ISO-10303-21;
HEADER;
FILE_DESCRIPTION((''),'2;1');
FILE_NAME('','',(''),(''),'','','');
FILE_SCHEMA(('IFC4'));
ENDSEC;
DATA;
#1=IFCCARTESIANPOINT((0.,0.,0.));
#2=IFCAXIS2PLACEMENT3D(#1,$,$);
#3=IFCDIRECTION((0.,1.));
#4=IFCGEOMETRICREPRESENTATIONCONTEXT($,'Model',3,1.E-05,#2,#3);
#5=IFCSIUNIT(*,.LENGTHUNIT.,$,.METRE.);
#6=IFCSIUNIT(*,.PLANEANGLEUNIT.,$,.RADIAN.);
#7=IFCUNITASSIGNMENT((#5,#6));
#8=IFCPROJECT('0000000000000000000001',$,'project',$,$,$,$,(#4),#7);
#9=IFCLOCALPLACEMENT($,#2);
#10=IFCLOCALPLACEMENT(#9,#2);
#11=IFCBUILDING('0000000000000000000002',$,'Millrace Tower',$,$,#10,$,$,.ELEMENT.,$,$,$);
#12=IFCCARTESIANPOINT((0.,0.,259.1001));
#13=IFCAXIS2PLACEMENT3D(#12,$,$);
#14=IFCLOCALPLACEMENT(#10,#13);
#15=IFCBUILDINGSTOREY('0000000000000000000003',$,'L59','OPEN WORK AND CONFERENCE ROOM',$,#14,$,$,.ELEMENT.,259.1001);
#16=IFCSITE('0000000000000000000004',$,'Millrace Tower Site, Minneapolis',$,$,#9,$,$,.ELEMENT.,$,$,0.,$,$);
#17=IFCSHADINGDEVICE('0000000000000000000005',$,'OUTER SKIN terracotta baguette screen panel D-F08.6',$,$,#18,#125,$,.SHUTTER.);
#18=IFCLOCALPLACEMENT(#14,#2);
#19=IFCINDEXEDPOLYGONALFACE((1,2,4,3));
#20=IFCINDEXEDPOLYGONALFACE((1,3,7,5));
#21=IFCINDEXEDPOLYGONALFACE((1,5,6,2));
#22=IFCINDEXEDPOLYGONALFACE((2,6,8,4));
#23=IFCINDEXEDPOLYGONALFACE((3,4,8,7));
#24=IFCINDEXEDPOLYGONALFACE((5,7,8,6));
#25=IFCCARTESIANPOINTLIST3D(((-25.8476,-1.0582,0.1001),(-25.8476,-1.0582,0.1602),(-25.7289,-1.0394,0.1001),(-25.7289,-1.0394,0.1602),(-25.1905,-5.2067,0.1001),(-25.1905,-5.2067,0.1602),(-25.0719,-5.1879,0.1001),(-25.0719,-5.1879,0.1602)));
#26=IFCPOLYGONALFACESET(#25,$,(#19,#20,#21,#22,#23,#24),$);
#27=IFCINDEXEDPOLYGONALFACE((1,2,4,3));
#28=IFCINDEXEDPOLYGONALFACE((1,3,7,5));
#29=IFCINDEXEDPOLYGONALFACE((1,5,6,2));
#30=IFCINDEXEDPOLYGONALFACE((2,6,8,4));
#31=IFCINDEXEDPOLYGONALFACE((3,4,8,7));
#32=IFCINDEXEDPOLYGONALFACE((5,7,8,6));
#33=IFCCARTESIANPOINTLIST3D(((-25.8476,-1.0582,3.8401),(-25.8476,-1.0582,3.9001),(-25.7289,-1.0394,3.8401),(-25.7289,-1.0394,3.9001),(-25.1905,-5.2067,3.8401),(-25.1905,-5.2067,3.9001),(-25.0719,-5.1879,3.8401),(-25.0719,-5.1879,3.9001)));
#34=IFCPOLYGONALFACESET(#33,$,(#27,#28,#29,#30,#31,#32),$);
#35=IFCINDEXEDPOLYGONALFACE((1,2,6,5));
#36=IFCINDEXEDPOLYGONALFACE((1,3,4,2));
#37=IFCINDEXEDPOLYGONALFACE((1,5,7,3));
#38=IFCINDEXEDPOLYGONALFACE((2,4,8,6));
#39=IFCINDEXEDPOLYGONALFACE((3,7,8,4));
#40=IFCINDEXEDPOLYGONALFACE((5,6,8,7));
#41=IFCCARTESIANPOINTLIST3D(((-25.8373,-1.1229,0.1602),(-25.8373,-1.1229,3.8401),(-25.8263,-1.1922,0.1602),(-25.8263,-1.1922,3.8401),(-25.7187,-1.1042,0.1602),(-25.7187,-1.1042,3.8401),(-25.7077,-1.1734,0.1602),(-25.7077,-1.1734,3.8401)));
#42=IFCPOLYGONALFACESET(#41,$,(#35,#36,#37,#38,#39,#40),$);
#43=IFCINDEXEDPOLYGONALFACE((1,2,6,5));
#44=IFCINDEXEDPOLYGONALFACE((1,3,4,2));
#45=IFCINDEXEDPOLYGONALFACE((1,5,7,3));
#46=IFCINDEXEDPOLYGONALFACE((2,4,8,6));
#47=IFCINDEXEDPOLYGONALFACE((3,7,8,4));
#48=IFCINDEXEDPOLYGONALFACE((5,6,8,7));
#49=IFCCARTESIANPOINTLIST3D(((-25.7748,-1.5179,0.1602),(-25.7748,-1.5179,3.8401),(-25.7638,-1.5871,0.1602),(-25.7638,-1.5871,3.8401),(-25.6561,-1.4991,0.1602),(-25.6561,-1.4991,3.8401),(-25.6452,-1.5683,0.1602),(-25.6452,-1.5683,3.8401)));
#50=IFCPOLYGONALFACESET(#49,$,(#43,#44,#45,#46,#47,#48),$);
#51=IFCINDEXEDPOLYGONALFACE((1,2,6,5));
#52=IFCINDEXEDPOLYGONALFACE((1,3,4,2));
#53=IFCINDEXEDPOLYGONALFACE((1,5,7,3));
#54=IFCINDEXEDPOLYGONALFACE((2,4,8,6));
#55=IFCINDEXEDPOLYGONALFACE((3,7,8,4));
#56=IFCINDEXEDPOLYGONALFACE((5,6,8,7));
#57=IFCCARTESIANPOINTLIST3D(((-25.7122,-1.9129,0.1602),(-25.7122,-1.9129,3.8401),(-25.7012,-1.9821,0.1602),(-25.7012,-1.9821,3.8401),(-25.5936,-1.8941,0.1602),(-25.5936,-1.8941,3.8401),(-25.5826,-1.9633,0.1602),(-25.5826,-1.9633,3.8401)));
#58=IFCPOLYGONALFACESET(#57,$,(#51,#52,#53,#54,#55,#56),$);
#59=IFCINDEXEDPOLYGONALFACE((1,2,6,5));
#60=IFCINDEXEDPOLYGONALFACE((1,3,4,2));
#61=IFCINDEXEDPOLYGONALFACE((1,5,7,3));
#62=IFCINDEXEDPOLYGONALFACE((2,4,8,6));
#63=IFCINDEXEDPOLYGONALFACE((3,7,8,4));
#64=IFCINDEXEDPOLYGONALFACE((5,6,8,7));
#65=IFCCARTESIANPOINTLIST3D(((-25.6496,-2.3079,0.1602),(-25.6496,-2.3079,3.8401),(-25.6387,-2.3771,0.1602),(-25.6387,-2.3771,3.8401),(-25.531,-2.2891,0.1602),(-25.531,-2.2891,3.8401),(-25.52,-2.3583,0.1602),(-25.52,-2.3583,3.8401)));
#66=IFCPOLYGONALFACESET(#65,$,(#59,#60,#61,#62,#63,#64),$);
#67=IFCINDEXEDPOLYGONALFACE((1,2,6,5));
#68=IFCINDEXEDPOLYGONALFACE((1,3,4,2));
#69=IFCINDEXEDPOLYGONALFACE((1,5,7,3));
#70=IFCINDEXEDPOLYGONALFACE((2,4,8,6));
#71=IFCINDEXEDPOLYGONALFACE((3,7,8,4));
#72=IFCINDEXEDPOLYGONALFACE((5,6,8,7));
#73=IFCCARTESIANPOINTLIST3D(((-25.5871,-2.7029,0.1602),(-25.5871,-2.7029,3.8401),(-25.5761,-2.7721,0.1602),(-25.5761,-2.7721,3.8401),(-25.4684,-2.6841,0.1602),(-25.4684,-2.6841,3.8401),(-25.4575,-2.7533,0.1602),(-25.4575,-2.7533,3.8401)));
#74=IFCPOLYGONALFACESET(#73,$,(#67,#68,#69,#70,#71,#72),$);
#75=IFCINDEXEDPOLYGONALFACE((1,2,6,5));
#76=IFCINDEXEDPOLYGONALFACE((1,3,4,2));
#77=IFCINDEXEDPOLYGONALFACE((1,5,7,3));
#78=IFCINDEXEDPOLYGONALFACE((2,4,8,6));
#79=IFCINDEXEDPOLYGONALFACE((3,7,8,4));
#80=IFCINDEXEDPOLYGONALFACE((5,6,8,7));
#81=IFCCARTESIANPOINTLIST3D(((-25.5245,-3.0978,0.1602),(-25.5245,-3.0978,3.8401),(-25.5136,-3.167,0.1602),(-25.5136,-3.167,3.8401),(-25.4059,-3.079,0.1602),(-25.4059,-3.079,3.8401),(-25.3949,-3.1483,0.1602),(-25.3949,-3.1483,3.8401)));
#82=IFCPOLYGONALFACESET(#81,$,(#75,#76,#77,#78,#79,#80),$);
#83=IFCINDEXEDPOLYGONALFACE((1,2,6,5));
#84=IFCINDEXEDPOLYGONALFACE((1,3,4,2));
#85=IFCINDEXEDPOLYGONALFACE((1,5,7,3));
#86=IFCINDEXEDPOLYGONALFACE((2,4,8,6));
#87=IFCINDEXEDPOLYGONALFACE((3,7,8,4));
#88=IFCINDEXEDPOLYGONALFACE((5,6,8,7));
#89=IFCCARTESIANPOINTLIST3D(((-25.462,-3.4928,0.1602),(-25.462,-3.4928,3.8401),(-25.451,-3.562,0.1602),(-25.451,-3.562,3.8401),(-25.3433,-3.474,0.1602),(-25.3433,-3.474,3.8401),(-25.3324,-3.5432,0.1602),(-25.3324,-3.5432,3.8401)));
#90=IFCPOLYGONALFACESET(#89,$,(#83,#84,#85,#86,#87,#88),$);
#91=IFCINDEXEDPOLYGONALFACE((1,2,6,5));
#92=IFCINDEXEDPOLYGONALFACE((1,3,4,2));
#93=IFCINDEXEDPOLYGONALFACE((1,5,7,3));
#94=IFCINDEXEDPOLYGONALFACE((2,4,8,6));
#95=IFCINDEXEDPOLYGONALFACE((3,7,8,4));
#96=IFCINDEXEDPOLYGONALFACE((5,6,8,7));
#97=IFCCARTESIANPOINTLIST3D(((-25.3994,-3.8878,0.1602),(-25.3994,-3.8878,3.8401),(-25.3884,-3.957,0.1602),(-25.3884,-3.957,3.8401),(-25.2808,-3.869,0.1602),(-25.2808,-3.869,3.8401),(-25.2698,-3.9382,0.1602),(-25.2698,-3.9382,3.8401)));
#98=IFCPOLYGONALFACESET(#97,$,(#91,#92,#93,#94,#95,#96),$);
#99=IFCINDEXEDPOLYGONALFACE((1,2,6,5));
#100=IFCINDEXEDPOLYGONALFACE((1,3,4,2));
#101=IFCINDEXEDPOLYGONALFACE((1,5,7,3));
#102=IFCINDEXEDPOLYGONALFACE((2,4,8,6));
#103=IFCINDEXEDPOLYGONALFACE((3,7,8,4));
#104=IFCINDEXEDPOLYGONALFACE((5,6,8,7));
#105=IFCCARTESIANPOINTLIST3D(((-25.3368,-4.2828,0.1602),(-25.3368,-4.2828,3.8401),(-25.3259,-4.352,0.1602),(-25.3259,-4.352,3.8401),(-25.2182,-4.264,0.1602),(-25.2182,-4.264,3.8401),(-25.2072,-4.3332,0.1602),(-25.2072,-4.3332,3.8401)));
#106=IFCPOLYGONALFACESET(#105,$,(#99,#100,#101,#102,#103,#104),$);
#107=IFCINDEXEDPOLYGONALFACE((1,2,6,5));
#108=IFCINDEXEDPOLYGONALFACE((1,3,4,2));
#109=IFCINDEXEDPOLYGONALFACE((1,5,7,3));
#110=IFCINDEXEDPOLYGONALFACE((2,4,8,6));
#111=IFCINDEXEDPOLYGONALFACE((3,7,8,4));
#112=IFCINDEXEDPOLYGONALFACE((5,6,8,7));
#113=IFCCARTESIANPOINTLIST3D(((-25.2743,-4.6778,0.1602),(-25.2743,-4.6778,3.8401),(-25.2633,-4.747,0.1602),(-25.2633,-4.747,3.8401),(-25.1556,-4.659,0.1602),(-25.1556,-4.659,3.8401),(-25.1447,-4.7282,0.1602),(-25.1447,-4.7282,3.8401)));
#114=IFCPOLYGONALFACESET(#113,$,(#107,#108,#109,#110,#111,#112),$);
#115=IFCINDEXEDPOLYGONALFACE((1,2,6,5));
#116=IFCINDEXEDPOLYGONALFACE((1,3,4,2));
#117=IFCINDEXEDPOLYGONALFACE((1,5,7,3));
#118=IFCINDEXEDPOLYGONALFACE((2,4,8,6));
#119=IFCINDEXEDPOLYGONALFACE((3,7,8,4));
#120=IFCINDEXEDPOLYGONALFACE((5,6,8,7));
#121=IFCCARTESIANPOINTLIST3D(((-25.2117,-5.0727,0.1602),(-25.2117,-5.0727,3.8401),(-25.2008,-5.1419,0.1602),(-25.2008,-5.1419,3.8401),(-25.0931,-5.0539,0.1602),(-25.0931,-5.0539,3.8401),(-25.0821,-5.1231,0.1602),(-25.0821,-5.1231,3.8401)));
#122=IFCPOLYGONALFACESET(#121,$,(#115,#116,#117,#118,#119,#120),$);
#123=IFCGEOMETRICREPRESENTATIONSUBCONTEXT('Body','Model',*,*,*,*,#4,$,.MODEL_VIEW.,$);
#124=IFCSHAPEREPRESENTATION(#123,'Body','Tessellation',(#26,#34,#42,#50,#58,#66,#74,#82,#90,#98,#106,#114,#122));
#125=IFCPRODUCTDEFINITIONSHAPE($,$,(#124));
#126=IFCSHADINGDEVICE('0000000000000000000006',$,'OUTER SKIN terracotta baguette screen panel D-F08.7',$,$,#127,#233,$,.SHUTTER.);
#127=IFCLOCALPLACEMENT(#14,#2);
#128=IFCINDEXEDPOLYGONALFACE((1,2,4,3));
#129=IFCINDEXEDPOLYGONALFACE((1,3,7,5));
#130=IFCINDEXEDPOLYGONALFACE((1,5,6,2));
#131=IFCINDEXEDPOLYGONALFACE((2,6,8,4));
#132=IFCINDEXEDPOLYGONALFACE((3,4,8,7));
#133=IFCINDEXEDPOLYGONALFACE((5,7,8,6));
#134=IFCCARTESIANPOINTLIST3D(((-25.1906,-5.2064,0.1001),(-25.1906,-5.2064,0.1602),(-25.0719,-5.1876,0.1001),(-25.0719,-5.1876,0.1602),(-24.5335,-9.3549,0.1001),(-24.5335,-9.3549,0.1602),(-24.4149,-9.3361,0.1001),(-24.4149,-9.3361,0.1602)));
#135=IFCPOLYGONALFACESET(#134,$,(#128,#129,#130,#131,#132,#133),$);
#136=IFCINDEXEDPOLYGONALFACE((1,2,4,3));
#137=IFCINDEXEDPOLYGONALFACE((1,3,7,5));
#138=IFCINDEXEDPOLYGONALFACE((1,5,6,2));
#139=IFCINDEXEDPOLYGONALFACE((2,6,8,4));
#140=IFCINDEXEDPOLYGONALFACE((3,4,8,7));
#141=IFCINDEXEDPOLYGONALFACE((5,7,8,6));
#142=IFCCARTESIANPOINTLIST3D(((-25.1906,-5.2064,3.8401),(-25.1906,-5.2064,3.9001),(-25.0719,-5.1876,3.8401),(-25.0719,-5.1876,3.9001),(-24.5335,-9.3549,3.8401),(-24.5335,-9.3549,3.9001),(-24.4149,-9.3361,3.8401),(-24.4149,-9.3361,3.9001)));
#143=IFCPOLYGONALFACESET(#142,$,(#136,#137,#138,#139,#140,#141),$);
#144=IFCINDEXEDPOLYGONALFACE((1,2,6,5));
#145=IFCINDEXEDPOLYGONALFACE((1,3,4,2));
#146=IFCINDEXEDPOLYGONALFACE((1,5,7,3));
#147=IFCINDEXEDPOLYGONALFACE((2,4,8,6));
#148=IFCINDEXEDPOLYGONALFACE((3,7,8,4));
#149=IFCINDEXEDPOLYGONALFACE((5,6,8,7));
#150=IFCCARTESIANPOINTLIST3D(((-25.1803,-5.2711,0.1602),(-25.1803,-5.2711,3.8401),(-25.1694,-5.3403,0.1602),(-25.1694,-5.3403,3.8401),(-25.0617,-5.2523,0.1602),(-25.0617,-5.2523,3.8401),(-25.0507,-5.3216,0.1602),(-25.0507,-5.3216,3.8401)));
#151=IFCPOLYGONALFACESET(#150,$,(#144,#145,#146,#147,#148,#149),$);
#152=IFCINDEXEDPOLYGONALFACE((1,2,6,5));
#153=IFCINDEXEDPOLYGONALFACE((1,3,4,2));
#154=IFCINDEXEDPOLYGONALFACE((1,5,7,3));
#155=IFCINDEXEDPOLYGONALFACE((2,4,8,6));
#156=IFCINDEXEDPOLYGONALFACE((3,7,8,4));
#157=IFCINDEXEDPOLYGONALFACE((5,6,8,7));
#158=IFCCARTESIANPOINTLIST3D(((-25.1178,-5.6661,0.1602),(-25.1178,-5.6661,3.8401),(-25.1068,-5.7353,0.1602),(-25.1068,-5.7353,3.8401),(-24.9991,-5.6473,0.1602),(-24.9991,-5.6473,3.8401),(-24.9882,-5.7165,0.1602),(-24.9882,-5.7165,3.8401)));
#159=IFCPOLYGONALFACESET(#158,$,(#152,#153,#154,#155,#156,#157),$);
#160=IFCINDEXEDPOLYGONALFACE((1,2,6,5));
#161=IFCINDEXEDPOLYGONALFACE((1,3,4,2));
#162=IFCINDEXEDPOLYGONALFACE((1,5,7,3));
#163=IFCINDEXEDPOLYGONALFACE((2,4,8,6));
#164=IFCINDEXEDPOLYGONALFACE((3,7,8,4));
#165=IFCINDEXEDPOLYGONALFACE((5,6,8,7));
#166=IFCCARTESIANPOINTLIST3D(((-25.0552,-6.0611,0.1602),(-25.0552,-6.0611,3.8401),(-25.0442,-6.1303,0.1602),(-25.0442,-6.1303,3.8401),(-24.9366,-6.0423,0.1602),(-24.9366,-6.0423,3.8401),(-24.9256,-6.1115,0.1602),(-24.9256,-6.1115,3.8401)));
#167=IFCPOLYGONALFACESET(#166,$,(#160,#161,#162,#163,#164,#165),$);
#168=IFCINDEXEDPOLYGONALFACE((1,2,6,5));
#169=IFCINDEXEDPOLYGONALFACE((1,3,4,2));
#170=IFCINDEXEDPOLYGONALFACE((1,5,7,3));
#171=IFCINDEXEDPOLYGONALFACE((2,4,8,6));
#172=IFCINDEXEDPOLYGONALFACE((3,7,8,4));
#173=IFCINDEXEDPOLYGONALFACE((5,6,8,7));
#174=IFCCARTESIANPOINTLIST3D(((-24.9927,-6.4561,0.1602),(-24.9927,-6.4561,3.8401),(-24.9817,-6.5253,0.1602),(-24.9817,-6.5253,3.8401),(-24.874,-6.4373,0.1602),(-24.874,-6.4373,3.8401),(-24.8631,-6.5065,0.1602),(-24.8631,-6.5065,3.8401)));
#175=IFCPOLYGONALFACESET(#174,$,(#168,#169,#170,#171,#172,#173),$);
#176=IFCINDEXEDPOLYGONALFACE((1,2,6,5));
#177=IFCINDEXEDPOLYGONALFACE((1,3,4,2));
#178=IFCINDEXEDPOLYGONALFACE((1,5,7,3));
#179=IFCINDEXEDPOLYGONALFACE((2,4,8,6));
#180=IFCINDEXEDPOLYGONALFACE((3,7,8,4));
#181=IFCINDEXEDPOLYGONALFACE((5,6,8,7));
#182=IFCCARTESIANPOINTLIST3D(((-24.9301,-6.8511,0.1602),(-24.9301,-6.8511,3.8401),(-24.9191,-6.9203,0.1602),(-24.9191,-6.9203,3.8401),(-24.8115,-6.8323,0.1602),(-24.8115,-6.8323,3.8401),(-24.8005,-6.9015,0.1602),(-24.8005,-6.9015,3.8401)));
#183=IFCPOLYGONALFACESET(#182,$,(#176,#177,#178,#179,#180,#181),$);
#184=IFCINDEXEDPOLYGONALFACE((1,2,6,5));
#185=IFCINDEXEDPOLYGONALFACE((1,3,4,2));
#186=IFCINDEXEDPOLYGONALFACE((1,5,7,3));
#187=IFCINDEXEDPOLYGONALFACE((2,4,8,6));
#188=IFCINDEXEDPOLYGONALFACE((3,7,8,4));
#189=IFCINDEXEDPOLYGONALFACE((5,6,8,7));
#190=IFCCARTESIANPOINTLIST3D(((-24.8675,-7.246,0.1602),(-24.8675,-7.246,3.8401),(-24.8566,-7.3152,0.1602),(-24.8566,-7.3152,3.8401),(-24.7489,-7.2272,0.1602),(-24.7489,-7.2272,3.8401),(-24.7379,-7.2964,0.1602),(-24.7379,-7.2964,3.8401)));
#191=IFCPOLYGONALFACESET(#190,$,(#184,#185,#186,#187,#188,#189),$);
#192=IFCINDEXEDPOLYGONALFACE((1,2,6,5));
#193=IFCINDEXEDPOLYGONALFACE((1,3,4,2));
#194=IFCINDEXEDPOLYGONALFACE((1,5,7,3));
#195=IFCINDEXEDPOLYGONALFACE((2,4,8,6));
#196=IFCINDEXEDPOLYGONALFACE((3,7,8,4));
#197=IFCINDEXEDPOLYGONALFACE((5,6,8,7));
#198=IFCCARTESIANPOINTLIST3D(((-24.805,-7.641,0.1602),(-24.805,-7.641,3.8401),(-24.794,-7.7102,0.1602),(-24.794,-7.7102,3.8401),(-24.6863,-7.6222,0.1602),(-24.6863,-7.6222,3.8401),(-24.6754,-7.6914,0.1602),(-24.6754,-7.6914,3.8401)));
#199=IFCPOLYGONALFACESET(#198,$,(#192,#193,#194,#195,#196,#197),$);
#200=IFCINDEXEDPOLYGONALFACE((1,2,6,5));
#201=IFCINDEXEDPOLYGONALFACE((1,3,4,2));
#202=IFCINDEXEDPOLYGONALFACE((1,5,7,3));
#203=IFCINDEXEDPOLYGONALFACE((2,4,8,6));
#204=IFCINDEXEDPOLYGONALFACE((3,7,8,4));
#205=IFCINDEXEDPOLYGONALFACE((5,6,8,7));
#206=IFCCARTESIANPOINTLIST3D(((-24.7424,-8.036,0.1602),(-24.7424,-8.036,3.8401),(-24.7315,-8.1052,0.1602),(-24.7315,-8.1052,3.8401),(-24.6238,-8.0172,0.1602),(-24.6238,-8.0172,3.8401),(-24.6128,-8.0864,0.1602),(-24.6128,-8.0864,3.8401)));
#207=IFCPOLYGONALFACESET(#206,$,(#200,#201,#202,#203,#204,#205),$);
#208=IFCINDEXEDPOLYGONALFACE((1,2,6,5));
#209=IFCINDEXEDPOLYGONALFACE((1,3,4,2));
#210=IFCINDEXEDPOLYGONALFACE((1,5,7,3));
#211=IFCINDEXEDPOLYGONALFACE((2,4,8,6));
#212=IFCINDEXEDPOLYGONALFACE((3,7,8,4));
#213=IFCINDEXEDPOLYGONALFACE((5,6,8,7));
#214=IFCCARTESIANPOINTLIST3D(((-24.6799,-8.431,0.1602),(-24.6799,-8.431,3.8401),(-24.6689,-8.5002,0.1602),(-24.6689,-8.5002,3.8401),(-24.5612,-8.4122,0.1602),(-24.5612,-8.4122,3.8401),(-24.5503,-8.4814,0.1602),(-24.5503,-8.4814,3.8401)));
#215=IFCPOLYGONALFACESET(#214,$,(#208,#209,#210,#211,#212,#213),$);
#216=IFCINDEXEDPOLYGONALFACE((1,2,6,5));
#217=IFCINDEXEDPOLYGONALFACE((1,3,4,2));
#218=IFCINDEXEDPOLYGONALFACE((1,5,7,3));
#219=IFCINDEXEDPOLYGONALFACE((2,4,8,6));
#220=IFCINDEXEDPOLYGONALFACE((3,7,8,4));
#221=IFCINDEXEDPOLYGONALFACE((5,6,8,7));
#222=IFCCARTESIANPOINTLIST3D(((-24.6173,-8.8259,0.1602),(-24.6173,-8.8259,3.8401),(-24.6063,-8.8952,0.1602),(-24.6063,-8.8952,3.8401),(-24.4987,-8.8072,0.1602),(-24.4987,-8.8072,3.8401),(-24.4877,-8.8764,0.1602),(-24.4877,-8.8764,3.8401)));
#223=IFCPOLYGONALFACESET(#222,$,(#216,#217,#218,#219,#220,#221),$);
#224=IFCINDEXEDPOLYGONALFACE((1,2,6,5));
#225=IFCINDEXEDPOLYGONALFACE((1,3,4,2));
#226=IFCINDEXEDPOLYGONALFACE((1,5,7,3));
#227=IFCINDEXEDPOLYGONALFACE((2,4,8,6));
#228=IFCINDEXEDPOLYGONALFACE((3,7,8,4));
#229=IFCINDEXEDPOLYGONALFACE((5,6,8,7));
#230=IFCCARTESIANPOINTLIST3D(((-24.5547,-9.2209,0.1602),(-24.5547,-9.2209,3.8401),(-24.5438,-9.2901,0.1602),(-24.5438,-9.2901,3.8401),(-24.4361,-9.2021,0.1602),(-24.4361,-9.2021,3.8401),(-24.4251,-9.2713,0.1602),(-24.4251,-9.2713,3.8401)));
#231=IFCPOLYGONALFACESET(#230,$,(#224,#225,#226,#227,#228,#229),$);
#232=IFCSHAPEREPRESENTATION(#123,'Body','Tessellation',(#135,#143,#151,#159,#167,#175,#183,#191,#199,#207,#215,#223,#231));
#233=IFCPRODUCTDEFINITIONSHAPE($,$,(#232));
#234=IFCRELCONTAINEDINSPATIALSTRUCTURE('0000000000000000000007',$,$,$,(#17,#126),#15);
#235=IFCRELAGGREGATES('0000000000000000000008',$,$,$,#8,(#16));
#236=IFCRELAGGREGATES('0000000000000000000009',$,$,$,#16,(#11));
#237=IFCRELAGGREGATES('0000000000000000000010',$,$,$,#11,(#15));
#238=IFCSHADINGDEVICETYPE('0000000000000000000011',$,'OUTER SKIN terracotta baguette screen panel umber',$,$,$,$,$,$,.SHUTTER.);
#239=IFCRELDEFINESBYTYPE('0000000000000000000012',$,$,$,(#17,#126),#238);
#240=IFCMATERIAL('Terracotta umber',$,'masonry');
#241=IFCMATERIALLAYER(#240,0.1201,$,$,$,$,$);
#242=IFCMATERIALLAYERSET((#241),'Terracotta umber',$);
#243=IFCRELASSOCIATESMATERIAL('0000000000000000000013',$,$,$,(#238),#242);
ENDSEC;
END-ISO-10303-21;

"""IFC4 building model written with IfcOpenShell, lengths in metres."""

from ifc_helpers import new_model, entity, si_unit, direction, frame, frame_2d, origin, origin_2d, place, context, subcontext, project, spatial, rectangle, extrude, source, transform, mapped, material, layer, layer_set, type_object, element, save


model = new_model("IFC4")

# Units and contexts
model_context = context("Model", 3, precision=1e-05, world=origin(), true_north=direction((0.0, 1.0)))
body_context = subcontext(model_context, "Body", "Model", "MODEL_VIEW")
ifc_project = project(units=[si_unit("LENGTHUNIT", "METRE"), si_unit("PLANEANGLEUNIT", "RADIAN")], contexts=[model_context])

# Site, building, storey
site_placement = place(None, origin())
site = spatial("IfcSite", under=ifc_project, at=site_placement, Name="Millrace Tower Site, Minneapolis", CompositionType="ELEMENT", RefElevation=0.0)
building_placement = place(site_placement, origin())
building = spatial("IfcBuilding", under=site, at=building_placement, Name="Millrace Tower", CompositionType="ELEMENT")
storey_placement = place(building_placement, frame((0.0, 0.0, 259.1001)))
storey = spatial("IfcBuildingStorey", under=building, at=storey_placement, Name="L59", Description="OPEN WORK AND CONFERENCE ROOM", CompositionType="ELEMENT", Elevation=259.1001)

# Shading devices
ifc_material_1 = material(Name="Terracotta umber", Category="masonry")
ifc_layer_1 = layer(ifc_material_1, 0.1201)
ifc_layer_set_1 = layer_set([ifc_layer_1], Name="Terracotta umber")
shading_device_type = type_object("IfcShadingDeviceType", Name="OUTER SKIN terracotta baguette screen panel umber", PredefinedType="SHUTTER", material=ifc_layer_set_1)
cartesian_point = entity("IfcCartesianPoint", [-2.1001, 0.0601])
shared_polyline = entity("IfcPolyline", [cartesian_point, entity("IfcCartesianPoint", [2.1001, 0.0601]), entity("IfcCartesianPoint", [2.1001, -0.0601]), entity("IfcCartesianPoint", [-2.1001, -0.0601]), cartesian_point])
shared_shape = source(origin(), body_context, "Body", "SweptSolid", [
    entity("IfcExtrudedAreaSolid", entity("IfcArbitraryClosedProfileDef", "AREA", None, shared_polyline), entity("IfcAxis2Placement3D", entity("IfcCartesianPoint", [0.0, 0.0, 0.0])), entity("IfcDirection", [0.0, 0.0, 1.0]), 0.0601),
    entity("IfcExtrudedAreaSolid", entity("IfcArbitraryClosedProfileDef", "AREA", None, shared_polyline), entity("IfcAxis2Placement3D", entity("IfcCartesianPoint", [0.0, 0.0, 3.74])), entity("IfcDirection", [0.0, 0.0, 1.0]), 0.0601),
    extrude(rectangle(XDim=0.0701, YDim=0.1201, at=frame_2d((-1.9995, 0.0))), frame((0.0, 0.0, 0.0601)), (0.0, 0.0, 1.0), 3.6799),
    extrude(rectangle(XDim=0.0701, YDim=0.1201, at=frame_2d((-1.5996, 0.0))), frame((0.0, 0.0, 0.0601)), (0.0, 0.0, 1.0), 3.6799),
    extrude(rectangle(XDim=0.0701, YDim=0.1201, at=frame_2d((-1.1997, 0.0))), frame((0.0, 0.0, 0.0601)), (0.0, 0.0, 1.0), 3.6799),
    extrude(rectangle(XDim=0.0701, YDim=0.1201, at=frame_2d((-0.7998, 0.0))), frame((0.0, 0.0, 0.0601)), (0.0, 0.0, 1.0), 3.6799),
    extrude(rectangle(XDim=0.0701, YDim=0.1201, at=frame_2d((-0.3999, 0.0))), frame((0.0, 0.0, 0.0601)), (0.0, 0.0, 1.0), 3.6799),
    extrude(rectangle(XDim=0.0701, YDim=0.1201, at=origin_2d()), frame((0.0, 0.0, 0.0601)), (0.0, 0.0, 1.0), 3.6799),
    extrude(rectangle(XDim=0.0701, YDim=0.1201, at=frame_2d((0.3999, 0.0))), frame((0.0, 0.0, 0.0601)), (0.0, 0.0, 1.0), 3.6799),
    extrude(rectangle(XDim=0.0701, YDim=0.1201, at=frame_2d((0.7998, 0.0))), frame((0.0, 0.0, 0.0601)), (0.0, 0.0, 1.0), 3.6799),
    extrude(rectangle(XDim=0.0701, YDim=0.1201, at=frame_2d((1.1997, 0.0))), frame((0.0, 0.0, 0.0601)), (0.0, 0.0, 1.0), 3.6799),
    extrude(rectangle(XDim=0.0701, YDim=0.1201, at=frame_2d((1.5996, 0.0))), frame((0.0, 0.0, 0.0601)), (0.0, 0.0, 1.0), 3.6799),
    extrude(rectangle(XDim=0.0701, YDim=0.1201, at=frame_2d((1.9995, 0.0))), frame((0.0, 0.0, 0.0601)), (0.0, 0.0, 1.0), 3.6799),
])
for number, where, z_axis, x_axis, name in (
    (1, (-25.4597, -3.123, 0.1001), (0.0, 0.0, 1.0), (0.156434, -0.987688, 0.0), "OUTER SKIN terracotta baguette screen panel D-F08.6"),
    (2, (-24.8027, -7.2712, 0.1001), (0.0, 0.0, 1.0), (0.156434, -0.987688, 0.0), "OUTER SKIN terracotta baguette screen panel D-F08.7"),
):
    element("IfcShadingDevice", number, at=place(storey_placement, frame(where, z_axis=z_axis, x_axis=x_axis)), inside=storey, type_object=shading_device_type, Name=name, PredefinedType="SHUTTER", context=body_context, shape_type="MappedRepresentation", body=[
        mapped(shared_shape, transform((0.0, 0.0, 0.0), scale=1.0)),
    ])

save(model, "model.ifc")
